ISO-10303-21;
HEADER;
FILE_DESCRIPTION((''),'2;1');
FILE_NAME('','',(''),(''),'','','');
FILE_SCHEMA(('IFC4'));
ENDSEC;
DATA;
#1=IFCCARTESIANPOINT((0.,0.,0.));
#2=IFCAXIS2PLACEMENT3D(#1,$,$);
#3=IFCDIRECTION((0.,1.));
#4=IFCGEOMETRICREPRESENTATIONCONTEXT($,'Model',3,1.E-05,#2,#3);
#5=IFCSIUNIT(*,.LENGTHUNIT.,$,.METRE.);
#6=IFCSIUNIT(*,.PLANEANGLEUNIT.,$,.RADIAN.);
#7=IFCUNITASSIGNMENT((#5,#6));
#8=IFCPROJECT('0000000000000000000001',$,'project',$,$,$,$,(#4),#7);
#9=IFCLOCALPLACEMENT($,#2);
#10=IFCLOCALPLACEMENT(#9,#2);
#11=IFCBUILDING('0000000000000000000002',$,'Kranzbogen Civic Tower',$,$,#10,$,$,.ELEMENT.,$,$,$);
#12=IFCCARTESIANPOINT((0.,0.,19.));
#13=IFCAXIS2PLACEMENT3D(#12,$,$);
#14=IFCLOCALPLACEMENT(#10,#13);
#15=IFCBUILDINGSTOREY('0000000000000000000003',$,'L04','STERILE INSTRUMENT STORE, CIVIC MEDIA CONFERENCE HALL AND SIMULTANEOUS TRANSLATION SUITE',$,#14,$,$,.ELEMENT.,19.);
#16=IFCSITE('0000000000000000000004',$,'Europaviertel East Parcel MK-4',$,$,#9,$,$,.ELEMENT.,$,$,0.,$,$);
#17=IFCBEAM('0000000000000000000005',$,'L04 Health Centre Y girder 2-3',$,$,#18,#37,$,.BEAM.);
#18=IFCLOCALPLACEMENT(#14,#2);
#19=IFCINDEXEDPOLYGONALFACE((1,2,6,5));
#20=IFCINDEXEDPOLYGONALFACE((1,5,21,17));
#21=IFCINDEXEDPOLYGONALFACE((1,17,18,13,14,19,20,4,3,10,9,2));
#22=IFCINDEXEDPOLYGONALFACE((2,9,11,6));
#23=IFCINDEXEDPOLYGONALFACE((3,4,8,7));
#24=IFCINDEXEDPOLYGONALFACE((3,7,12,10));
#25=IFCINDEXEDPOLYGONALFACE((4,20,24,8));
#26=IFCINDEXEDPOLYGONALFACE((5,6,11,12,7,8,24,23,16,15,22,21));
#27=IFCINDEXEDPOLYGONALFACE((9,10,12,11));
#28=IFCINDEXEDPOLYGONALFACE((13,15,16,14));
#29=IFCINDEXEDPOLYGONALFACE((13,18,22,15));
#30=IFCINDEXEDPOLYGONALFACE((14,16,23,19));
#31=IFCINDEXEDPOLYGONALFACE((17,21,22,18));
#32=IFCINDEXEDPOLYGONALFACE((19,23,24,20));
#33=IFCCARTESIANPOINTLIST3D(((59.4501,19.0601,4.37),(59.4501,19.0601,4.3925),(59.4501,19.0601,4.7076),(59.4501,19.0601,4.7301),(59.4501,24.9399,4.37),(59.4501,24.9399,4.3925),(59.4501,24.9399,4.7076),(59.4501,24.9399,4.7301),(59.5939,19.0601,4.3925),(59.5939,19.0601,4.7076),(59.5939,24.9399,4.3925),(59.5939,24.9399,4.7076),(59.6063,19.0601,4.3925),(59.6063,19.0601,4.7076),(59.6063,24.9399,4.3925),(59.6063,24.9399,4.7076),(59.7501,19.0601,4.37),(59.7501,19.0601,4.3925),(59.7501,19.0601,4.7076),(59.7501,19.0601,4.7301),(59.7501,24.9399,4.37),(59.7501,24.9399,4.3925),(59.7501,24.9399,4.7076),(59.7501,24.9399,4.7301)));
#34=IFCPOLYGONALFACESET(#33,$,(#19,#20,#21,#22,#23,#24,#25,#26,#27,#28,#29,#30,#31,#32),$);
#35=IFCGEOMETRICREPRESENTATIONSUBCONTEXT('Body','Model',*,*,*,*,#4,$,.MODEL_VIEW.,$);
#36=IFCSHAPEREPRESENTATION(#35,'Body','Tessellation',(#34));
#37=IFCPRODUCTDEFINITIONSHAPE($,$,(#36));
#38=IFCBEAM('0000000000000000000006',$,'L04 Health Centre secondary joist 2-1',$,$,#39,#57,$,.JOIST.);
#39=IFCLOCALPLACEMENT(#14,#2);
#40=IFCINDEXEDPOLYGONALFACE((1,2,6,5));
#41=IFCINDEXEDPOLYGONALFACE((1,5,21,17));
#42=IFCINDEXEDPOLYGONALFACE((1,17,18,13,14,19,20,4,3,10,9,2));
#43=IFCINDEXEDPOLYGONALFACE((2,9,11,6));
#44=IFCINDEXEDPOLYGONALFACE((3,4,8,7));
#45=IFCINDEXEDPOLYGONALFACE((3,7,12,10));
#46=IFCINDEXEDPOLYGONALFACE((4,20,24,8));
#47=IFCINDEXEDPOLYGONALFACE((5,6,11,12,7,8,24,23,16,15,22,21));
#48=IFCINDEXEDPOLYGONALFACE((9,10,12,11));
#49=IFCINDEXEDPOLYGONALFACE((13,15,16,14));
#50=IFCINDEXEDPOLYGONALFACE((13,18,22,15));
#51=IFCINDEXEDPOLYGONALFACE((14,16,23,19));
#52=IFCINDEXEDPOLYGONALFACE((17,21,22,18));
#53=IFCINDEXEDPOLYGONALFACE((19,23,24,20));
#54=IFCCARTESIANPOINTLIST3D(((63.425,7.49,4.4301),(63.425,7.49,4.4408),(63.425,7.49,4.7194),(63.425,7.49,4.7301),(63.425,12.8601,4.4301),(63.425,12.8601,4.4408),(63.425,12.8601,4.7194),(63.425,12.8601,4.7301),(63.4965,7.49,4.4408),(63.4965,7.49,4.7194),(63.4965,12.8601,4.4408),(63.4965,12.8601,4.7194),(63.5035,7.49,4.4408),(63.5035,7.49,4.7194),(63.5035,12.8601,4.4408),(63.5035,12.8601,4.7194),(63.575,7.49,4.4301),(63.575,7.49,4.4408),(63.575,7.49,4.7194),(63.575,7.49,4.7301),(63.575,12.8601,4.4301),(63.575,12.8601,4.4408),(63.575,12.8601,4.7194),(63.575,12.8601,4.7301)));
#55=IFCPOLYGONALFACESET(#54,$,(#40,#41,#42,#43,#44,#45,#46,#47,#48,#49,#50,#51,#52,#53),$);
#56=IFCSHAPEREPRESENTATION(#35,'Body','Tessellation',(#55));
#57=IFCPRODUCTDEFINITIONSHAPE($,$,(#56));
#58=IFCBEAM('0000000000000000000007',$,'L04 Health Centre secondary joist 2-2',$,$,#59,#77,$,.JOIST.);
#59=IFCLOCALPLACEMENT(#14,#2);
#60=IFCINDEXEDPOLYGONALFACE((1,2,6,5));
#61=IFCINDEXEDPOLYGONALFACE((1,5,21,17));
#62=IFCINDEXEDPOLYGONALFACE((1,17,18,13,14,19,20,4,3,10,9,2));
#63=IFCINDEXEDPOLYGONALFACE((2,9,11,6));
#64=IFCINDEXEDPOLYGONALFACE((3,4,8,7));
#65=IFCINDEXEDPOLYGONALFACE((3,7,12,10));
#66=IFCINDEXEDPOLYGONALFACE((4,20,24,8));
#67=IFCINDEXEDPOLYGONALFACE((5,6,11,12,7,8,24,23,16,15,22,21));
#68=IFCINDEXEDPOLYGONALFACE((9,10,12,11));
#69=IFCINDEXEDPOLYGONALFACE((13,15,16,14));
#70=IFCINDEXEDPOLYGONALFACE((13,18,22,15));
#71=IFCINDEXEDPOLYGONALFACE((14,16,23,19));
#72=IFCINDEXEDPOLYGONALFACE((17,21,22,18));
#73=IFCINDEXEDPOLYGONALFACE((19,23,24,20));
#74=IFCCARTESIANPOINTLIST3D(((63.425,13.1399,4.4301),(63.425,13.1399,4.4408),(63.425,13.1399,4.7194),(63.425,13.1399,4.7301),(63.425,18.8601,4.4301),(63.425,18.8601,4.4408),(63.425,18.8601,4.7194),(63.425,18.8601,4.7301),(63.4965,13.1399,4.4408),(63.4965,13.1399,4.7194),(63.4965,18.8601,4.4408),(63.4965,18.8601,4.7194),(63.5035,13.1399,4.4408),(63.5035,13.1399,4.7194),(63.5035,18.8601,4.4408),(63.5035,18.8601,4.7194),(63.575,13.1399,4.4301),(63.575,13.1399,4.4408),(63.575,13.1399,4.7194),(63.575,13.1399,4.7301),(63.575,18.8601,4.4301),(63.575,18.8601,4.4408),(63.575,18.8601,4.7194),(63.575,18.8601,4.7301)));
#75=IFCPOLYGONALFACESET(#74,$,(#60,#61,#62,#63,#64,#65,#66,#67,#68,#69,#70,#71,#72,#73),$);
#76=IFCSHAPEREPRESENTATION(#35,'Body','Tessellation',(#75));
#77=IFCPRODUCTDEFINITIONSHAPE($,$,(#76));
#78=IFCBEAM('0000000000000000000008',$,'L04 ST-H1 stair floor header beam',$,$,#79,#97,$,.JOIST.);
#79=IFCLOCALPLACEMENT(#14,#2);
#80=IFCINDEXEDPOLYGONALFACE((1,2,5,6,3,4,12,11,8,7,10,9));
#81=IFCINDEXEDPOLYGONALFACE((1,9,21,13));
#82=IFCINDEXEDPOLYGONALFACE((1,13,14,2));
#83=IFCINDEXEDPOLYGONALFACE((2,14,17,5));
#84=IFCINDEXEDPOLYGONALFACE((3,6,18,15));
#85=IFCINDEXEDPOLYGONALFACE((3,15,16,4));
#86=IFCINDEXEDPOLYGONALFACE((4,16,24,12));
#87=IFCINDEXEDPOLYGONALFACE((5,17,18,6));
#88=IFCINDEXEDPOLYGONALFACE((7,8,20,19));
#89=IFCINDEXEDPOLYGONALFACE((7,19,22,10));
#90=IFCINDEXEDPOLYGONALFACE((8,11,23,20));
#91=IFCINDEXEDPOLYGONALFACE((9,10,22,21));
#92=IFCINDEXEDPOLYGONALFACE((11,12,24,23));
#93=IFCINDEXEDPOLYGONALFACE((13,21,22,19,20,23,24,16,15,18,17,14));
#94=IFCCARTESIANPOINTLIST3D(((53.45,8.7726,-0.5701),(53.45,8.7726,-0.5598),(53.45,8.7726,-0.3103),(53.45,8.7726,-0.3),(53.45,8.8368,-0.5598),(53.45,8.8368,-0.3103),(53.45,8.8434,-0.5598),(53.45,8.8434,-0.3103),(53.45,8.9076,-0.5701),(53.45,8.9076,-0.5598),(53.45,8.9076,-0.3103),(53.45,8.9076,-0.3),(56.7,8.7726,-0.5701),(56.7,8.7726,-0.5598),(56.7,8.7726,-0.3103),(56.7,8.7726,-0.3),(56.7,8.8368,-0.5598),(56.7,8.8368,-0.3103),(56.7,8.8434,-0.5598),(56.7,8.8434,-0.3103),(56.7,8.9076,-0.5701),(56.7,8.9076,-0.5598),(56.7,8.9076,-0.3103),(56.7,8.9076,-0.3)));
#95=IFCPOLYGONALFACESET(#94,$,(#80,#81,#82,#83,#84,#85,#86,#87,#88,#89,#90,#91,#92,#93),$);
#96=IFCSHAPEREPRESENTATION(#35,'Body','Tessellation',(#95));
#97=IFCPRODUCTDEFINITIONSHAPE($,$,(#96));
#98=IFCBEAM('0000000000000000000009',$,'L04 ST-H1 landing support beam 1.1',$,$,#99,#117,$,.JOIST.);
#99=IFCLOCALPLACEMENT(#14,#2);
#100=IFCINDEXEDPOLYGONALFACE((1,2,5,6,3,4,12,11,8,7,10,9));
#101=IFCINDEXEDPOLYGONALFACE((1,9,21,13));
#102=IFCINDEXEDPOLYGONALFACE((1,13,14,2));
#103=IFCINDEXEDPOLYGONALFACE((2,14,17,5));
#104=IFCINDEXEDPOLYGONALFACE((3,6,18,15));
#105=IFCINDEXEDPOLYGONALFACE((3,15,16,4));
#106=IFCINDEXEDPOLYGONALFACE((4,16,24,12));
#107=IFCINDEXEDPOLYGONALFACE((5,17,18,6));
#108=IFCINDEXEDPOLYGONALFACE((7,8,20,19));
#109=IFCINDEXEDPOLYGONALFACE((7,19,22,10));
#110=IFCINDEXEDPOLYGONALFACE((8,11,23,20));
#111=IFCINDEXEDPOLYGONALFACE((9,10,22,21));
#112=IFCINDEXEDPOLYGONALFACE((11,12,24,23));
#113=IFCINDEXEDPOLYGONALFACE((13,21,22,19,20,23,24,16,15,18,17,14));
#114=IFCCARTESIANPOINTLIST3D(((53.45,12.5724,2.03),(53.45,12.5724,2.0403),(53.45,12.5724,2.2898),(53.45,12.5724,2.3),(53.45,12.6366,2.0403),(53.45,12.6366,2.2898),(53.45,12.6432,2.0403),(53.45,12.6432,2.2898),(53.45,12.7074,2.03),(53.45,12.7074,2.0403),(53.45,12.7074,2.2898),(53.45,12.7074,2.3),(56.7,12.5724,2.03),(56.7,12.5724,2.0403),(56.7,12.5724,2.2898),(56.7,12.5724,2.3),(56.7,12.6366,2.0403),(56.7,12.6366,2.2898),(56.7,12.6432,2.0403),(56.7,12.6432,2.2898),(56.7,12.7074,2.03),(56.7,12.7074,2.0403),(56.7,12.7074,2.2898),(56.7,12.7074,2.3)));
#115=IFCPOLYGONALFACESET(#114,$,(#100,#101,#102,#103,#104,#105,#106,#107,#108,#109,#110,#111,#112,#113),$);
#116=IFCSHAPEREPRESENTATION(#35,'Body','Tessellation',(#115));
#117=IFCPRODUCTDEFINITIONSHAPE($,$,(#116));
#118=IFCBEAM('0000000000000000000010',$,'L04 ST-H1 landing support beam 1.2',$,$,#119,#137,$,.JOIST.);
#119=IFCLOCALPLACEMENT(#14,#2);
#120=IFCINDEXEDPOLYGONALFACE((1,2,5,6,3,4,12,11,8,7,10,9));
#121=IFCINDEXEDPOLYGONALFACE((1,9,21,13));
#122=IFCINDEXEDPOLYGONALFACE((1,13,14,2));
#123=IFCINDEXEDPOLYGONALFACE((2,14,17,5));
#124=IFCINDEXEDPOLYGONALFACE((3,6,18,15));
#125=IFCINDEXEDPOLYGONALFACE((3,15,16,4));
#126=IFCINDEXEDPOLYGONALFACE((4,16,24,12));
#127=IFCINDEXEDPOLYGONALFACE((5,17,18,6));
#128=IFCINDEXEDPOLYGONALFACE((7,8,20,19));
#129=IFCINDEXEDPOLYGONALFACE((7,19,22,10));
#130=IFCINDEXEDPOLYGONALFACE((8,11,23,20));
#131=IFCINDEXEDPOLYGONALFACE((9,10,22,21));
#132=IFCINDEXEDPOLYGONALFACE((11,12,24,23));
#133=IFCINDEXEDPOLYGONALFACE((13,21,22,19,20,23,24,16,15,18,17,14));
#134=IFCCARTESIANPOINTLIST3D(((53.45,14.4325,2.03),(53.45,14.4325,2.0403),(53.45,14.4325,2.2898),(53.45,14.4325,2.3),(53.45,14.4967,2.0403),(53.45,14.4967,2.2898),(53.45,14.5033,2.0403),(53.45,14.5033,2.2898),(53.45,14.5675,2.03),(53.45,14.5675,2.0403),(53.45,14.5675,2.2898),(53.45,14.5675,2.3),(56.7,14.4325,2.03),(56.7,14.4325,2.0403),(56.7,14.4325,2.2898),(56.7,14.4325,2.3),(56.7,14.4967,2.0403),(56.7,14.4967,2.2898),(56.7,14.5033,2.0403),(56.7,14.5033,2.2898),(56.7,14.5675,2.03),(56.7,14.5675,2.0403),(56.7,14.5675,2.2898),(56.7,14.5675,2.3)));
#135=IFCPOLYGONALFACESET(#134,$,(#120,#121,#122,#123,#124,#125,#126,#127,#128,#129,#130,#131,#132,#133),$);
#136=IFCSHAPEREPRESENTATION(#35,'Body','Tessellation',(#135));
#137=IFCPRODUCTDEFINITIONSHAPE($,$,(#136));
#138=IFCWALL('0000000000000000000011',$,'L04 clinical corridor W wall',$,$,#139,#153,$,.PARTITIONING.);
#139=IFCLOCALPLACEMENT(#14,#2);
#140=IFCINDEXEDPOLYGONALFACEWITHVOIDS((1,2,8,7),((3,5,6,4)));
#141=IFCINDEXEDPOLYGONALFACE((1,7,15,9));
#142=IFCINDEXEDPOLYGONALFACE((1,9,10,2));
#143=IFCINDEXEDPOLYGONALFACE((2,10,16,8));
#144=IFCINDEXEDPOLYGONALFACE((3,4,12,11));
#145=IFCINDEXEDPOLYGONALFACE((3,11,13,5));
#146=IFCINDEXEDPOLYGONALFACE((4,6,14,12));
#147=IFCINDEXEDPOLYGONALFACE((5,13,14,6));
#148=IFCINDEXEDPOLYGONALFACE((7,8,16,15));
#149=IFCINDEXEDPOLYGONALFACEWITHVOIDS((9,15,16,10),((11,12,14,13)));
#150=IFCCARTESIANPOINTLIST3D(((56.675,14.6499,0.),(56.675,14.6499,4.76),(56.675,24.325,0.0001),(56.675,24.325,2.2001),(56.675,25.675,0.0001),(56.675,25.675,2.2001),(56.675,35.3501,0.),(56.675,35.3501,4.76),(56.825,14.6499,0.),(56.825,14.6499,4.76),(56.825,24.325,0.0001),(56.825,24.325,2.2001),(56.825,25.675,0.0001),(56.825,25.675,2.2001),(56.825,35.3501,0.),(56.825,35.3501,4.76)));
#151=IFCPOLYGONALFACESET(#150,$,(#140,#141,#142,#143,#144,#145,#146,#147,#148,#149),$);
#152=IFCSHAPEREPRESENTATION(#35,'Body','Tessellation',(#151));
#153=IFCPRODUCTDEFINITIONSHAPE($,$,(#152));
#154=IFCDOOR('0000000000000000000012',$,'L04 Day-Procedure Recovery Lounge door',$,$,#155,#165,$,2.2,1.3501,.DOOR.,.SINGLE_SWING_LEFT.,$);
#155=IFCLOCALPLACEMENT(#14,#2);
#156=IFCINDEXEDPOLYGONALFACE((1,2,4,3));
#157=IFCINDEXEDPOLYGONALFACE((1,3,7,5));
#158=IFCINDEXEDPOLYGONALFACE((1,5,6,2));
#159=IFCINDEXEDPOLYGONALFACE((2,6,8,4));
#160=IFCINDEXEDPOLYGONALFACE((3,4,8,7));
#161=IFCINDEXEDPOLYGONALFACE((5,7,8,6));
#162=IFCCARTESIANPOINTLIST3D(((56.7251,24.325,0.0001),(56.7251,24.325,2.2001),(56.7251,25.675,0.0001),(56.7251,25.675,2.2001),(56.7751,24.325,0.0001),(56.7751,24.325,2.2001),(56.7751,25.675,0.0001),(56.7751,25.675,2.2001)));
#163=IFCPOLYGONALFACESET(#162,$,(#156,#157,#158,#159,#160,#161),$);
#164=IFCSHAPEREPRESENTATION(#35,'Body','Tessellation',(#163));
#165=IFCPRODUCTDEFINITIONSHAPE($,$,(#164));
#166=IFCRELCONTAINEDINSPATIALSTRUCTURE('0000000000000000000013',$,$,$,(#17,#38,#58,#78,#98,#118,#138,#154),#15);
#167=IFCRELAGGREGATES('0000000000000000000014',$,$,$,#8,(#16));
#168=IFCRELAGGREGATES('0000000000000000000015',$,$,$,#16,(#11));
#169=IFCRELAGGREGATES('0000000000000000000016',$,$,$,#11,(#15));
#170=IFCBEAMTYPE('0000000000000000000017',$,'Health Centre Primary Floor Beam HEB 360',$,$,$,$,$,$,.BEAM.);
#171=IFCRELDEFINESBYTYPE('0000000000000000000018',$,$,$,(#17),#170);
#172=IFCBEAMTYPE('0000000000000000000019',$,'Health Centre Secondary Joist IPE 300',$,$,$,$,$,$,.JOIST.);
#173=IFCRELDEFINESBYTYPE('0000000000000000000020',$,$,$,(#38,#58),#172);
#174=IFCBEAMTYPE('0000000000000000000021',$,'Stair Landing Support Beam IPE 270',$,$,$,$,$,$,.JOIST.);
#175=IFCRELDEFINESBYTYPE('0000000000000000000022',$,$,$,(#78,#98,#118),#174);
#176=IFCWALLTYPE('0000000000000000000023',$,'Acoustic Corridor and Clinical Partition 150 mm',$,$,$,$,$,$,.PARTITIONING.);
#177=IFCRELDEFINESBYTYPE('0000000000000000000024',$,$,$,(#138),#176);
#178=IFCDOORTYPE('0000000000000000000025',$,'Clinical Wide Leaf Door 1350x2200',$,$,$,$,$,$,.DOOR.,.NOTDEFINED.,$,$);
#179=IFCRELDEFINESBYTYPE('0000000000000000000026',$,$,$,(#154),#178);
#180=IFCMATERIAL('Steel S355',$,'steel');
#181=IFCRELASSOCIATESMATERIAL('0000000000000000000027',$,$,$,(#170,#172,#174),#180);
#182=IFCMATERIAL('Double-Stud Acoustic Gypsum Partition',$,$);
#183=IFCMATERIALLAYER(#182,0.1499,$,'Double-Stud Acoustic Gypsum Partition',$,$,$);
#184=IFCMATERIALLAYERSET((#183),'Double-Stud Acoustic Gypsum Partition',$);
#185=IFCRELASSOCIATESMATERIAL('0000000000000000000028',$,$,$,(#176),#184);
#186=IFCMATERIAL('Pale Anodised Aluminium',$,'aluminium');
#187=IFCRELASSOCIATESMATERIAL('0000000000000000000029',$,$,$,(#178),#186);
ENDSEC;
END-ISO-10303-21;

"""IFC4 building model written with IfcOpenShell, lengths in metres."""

from ifc_helpers import new_model, si_unit, direction, frame, frame_2d, origin, origin_2d, place, context, subcontext, project, spatial, rectangle, i_section, extrude, material, layer, layer_set, material_profile, profile_set, type_object, element, fill, save


model = new_model("IFC4")

# Units and contexts
model_context = context("Model", 3, precision=1e-05, world=origin(), true_north=direction((0.0, 1.0)))
body_context = subcontext(model_context, "Body", "Model", "MODEL_VIEW")
ifc_project = project(units=[si_unit("LENGTHUNIT", "METRE"), si_unit("PLANEANGLEUNIT", "RADIAN")], contexts=[model_context])

# Site, building, storey
site_placement = place(None, origin())
site = spatial("IfcSite", under=ifc_project, at=site_placement, Name="Europaviertel East Parcel MK-4", CompositionType="ELEMENT", RefElevation=0.0)
building_placement = place(site_placement, origin())
building = spatial("IfcBuilding", under=site, at=building_placement, Name="Kranzbogen Civic Tower", CompositionType="ELEMENT")
storey_placement = place(building_placement, frame((0.0, 0.0, 19.0)))
storey = spatial("IfcBuildingStorey", under=building, at=storey_placement, Name="L04", Description="STERILE INSTRUMENT STORE, CIVIC MEDIA CONFERENCE HALL AND SIMULTANEOUS TRANSLATION SUITE", CompositionType="ELEMENT", Elevation=19.0)

# Shared definitions
ifc_material_1 = material(Name="Steel S355", Category="steel")

# Beams
ifc_material_profile_1 = material_profile(ifc_material_1, i_section(OverallWidth=0.3, OverallDepth=0.3601, WebThickness=0.0125, FlangeThickness=0.0225, at=origin_2d()), Name="HEB 360")
ifc_profile_set_1 = profile_set([ifc_material_profile_1], Name="Steel S355")
beam_type_1 = type_object("IfcBeamType", Name="Health Centre Primary Floor Beam HEB 360", PredefinedType="BEAM", material=ifc_profile_set_1)
for number, where, z_axis, x_axis, name in (
    (1, (59.6001, 19.0601, 4.55), (0.0, 1.0, 0.0), (-1.0, 0.0, 0.0), "L04 Health Centre Y girder 2-3"),
):
    element("IfcBeam", number, at=place(storey_placement, frame(where, z_axis=z_axis, x_axis=x_axis)), inside=storey, type_object=beam_type_1, Name=name, PredefinedType="BEAM", context=body_context, shape_type="SweptSolid", body=[
        extrude(i_section(OverallWidth=0.3, OverallDepth=0.3601, WebThickness=0.0125, FlangeThickness=0.0225, at=origin_2d()), origin(), (0.0, 0.0, 1.0), 5.8799),
    ])
ifc_material_profile_2 = material_profile(ifc_material_1, i_section(OverallWidth=0.1499, OverallDepth=0.3, WebThickness=0.0071, FlangeThickness=0.0107, at=origin_2d()), Name="IPE 300")
ifc_profile_set_2 = profile_set([ifc_material_profile_2], Name="Steel S355")
beam_type_2 = type_object("IfcBeamType", Name="Health Centre Secondary Joist IPE 300", PredefinedType="JOIST", material=ifc_profile_set_2)
beam_1_placement = place(storey_placement, frame((63.5, 7.49, 4.5801), z_axis=(0.0, 1.0, 0.0), x_axis=(-1.0, 0.0, 0.0)))
element("IfcBeam", 2, at=beam_1_placement, inside=storey, type_object=beam_type_2, Name="L04 Health Centre secondary joist 2-1", PredefinedType="JOIST", context=body_context, shape_type="SweptSolid", body=[
    extrude(i_section(OverallWidth=0.1499, OverallDepth=0.3, WebThickness=0.0071, FlangeThickness=0.0107, at=origin_2d()), origin(), (0.0, 0.0, 1.0), 5.3701),
])
beam_2_placement = place(storey_placement, frame((63.5, 13.1399, 4.5801), z_axis=(0.0, 1.0, 0.0), x_axis=(-1.0, 0.0, 0.0)))
element("IfcBeam", 3, at=beam_2_placement, inside=storey, type_object=beam_type_2, Name="L04 Health Centre secondary joist 2-2", PredefinedType="JOIST", context=body_context, shape_type="SweptSolid", body=[
    extrude(i_section(OverallWidth=0.1499, OverallDepth=0.3, WebThickness=0.0071, FlangeThickness=0.0107, at=origin_2d()), origin(), (0.0, 0.0, 1.0), 5.7202),
])
ifc_material_profile_3 = material_profile(ifc_material_1, i_section(OverallWidth=0.135, OverallDepth=0.27, WebThickness=0.0066, FlangeThickness=0.0103, at=origin_2d()), Name="IPE 270")
ifc_profile_set_3 = profile_set([ifc_material_profile_3], Name="Steel S355")
beam_type_3 = type_object("IfcBeamType", Name="Stair Landing Support Beam IPE 270", PredefinedType="JOIST", material=ifc_profile_set_3)
for number, where, z_axis, x_axis, name in (
    (4, (56.7, 8.8401, -0.4351), (-1.0, 0.0, 0.0), (0.0, -1.0, 0.0), "L04 ST-H1 stair floor header beam"),
    (5, (56.7, 12.6399, 2.165), (-1.0, 0.0, 0.0), (0.0, -1.0, 0.0), "L04 ST-H1 landing support beam 1.1"),
    (6, (56.7, 14.5, 2.165), (-1.0, 0.0, 0.0), (0.0, -1.0, 0.0), "L04 ST-H1 landing support beam 1.2"),
):
    element("IfcBeam", number, at=place(storey_placement, frame(where, z_axis=z_axis, x_axis=x_axis)), inside=storey, type_object=beam_type_3, Name=name, PredefinedType="JOIST", context=body_context, shape_type="SweptSolid", body=[
        extrude(i_section(OverallWidth=0.135, OverallDepth=0.27, WebThickness=0.0066, FlangeThickness=0.0103, at=origin_2d()), origin(), (0.0, 0.0, 1.0), 3.25),
    ])

# Wall, opening, door
ifc_material_2 = material(Name="Double-Stud Acoustic Gypsum Partition")
ifc_layer_1 = layer(ifc_material_2, 0.1499, Name="Double-Stud Acoustic Gypsum Partition")
ifc_layer_set_1 = layer_set([ifc_layer_1], Name="Double-Stud Acoustic Gypsum Partition")
wall_type_1 = type_object("IfcWallType", Name="Acoustic Corridor and Clinical Partition 150 mm", PredefinedType="PARTITIONING", material=ifc_layer_set_1)
wall_1_placement = place(storey_placement, frame((56.75, 14.6499, 0.0), z_axis=(0.0, 0.0, 1.0), x_axis=(0.0, 1.0, 0.0)))
wall_1 = element("IfcWall", 7, at=wall_1_placement, inside=storey, type_object=wall_type_1, Name="L04 clinical corridor W wall", PredefinedType="PARTITIONING", context=body_context, shape_type="SweptSolid", body=[
    extrude(rectangle(XDim=20.7002, YDim=0.1499, at=frame_2d((10.3501, 0.0))), origin(), (0.0, 0.0, 1.0), 4.76),
])
opening_1_placement = place(wall_1_placement, frame((9.675, 0.0, 0.0)))
opening_1 = element("IfcOpeningElement", 8, at=opening_1_placement, cuts=wall_1, PredefinedType="OPENING", context=body_context, shape_type="SweptSolid", body=[
    extrude(rectangle(XDim=1.3501, YDim=2.2, at=frame_2d((0.675, 1.1001))), frame((0.0, 0.085, 0.0), z_axis=(0.0, -1.0, 0.0), x_axis=(1.0, 0.0, 0.0)), (0.0, 0.0, 1.0), 0.1699),
])
ifc_material_3 = material(Name="Pale Anodised Aluminium", Category="aluminium")
door_type_1 = type_object("IfcDoorType", Name="Clinical Wide Leaf Door 1350x2200", OperationType="NOTDEFINED", PredefinedType="DOOR", material=ifc_material_3)
door_1_placement = place(opening_1_placement, origin())
door_1 = element("IfcDoor", 9, at=door_1_placement, inside=storey, type_object=door_type_1, Name="L04 Day-Procedure Recovery Lounge door", OperationType="SINGLE_SWING_LEFT", OverallHeight=2.2, OverallWidth=1.3501, PredefinedType="DOOR", context=body_context, shape_type="SweptSolid", body=[
    extrude(rectangle(XDim=1.3501, YDim=2.2, at=frame_2d((0.675, 1.1001))), frame((0.0, 0.0249, 0.0), z_axis=(0.0, -1.0, 0.0), x_axis=(1.0, 0.0, 0.0)), (0.0, 0.0, 1.0), 0.05),
])
fill(opening_1, door_1)

save(model, "model.ifc")
